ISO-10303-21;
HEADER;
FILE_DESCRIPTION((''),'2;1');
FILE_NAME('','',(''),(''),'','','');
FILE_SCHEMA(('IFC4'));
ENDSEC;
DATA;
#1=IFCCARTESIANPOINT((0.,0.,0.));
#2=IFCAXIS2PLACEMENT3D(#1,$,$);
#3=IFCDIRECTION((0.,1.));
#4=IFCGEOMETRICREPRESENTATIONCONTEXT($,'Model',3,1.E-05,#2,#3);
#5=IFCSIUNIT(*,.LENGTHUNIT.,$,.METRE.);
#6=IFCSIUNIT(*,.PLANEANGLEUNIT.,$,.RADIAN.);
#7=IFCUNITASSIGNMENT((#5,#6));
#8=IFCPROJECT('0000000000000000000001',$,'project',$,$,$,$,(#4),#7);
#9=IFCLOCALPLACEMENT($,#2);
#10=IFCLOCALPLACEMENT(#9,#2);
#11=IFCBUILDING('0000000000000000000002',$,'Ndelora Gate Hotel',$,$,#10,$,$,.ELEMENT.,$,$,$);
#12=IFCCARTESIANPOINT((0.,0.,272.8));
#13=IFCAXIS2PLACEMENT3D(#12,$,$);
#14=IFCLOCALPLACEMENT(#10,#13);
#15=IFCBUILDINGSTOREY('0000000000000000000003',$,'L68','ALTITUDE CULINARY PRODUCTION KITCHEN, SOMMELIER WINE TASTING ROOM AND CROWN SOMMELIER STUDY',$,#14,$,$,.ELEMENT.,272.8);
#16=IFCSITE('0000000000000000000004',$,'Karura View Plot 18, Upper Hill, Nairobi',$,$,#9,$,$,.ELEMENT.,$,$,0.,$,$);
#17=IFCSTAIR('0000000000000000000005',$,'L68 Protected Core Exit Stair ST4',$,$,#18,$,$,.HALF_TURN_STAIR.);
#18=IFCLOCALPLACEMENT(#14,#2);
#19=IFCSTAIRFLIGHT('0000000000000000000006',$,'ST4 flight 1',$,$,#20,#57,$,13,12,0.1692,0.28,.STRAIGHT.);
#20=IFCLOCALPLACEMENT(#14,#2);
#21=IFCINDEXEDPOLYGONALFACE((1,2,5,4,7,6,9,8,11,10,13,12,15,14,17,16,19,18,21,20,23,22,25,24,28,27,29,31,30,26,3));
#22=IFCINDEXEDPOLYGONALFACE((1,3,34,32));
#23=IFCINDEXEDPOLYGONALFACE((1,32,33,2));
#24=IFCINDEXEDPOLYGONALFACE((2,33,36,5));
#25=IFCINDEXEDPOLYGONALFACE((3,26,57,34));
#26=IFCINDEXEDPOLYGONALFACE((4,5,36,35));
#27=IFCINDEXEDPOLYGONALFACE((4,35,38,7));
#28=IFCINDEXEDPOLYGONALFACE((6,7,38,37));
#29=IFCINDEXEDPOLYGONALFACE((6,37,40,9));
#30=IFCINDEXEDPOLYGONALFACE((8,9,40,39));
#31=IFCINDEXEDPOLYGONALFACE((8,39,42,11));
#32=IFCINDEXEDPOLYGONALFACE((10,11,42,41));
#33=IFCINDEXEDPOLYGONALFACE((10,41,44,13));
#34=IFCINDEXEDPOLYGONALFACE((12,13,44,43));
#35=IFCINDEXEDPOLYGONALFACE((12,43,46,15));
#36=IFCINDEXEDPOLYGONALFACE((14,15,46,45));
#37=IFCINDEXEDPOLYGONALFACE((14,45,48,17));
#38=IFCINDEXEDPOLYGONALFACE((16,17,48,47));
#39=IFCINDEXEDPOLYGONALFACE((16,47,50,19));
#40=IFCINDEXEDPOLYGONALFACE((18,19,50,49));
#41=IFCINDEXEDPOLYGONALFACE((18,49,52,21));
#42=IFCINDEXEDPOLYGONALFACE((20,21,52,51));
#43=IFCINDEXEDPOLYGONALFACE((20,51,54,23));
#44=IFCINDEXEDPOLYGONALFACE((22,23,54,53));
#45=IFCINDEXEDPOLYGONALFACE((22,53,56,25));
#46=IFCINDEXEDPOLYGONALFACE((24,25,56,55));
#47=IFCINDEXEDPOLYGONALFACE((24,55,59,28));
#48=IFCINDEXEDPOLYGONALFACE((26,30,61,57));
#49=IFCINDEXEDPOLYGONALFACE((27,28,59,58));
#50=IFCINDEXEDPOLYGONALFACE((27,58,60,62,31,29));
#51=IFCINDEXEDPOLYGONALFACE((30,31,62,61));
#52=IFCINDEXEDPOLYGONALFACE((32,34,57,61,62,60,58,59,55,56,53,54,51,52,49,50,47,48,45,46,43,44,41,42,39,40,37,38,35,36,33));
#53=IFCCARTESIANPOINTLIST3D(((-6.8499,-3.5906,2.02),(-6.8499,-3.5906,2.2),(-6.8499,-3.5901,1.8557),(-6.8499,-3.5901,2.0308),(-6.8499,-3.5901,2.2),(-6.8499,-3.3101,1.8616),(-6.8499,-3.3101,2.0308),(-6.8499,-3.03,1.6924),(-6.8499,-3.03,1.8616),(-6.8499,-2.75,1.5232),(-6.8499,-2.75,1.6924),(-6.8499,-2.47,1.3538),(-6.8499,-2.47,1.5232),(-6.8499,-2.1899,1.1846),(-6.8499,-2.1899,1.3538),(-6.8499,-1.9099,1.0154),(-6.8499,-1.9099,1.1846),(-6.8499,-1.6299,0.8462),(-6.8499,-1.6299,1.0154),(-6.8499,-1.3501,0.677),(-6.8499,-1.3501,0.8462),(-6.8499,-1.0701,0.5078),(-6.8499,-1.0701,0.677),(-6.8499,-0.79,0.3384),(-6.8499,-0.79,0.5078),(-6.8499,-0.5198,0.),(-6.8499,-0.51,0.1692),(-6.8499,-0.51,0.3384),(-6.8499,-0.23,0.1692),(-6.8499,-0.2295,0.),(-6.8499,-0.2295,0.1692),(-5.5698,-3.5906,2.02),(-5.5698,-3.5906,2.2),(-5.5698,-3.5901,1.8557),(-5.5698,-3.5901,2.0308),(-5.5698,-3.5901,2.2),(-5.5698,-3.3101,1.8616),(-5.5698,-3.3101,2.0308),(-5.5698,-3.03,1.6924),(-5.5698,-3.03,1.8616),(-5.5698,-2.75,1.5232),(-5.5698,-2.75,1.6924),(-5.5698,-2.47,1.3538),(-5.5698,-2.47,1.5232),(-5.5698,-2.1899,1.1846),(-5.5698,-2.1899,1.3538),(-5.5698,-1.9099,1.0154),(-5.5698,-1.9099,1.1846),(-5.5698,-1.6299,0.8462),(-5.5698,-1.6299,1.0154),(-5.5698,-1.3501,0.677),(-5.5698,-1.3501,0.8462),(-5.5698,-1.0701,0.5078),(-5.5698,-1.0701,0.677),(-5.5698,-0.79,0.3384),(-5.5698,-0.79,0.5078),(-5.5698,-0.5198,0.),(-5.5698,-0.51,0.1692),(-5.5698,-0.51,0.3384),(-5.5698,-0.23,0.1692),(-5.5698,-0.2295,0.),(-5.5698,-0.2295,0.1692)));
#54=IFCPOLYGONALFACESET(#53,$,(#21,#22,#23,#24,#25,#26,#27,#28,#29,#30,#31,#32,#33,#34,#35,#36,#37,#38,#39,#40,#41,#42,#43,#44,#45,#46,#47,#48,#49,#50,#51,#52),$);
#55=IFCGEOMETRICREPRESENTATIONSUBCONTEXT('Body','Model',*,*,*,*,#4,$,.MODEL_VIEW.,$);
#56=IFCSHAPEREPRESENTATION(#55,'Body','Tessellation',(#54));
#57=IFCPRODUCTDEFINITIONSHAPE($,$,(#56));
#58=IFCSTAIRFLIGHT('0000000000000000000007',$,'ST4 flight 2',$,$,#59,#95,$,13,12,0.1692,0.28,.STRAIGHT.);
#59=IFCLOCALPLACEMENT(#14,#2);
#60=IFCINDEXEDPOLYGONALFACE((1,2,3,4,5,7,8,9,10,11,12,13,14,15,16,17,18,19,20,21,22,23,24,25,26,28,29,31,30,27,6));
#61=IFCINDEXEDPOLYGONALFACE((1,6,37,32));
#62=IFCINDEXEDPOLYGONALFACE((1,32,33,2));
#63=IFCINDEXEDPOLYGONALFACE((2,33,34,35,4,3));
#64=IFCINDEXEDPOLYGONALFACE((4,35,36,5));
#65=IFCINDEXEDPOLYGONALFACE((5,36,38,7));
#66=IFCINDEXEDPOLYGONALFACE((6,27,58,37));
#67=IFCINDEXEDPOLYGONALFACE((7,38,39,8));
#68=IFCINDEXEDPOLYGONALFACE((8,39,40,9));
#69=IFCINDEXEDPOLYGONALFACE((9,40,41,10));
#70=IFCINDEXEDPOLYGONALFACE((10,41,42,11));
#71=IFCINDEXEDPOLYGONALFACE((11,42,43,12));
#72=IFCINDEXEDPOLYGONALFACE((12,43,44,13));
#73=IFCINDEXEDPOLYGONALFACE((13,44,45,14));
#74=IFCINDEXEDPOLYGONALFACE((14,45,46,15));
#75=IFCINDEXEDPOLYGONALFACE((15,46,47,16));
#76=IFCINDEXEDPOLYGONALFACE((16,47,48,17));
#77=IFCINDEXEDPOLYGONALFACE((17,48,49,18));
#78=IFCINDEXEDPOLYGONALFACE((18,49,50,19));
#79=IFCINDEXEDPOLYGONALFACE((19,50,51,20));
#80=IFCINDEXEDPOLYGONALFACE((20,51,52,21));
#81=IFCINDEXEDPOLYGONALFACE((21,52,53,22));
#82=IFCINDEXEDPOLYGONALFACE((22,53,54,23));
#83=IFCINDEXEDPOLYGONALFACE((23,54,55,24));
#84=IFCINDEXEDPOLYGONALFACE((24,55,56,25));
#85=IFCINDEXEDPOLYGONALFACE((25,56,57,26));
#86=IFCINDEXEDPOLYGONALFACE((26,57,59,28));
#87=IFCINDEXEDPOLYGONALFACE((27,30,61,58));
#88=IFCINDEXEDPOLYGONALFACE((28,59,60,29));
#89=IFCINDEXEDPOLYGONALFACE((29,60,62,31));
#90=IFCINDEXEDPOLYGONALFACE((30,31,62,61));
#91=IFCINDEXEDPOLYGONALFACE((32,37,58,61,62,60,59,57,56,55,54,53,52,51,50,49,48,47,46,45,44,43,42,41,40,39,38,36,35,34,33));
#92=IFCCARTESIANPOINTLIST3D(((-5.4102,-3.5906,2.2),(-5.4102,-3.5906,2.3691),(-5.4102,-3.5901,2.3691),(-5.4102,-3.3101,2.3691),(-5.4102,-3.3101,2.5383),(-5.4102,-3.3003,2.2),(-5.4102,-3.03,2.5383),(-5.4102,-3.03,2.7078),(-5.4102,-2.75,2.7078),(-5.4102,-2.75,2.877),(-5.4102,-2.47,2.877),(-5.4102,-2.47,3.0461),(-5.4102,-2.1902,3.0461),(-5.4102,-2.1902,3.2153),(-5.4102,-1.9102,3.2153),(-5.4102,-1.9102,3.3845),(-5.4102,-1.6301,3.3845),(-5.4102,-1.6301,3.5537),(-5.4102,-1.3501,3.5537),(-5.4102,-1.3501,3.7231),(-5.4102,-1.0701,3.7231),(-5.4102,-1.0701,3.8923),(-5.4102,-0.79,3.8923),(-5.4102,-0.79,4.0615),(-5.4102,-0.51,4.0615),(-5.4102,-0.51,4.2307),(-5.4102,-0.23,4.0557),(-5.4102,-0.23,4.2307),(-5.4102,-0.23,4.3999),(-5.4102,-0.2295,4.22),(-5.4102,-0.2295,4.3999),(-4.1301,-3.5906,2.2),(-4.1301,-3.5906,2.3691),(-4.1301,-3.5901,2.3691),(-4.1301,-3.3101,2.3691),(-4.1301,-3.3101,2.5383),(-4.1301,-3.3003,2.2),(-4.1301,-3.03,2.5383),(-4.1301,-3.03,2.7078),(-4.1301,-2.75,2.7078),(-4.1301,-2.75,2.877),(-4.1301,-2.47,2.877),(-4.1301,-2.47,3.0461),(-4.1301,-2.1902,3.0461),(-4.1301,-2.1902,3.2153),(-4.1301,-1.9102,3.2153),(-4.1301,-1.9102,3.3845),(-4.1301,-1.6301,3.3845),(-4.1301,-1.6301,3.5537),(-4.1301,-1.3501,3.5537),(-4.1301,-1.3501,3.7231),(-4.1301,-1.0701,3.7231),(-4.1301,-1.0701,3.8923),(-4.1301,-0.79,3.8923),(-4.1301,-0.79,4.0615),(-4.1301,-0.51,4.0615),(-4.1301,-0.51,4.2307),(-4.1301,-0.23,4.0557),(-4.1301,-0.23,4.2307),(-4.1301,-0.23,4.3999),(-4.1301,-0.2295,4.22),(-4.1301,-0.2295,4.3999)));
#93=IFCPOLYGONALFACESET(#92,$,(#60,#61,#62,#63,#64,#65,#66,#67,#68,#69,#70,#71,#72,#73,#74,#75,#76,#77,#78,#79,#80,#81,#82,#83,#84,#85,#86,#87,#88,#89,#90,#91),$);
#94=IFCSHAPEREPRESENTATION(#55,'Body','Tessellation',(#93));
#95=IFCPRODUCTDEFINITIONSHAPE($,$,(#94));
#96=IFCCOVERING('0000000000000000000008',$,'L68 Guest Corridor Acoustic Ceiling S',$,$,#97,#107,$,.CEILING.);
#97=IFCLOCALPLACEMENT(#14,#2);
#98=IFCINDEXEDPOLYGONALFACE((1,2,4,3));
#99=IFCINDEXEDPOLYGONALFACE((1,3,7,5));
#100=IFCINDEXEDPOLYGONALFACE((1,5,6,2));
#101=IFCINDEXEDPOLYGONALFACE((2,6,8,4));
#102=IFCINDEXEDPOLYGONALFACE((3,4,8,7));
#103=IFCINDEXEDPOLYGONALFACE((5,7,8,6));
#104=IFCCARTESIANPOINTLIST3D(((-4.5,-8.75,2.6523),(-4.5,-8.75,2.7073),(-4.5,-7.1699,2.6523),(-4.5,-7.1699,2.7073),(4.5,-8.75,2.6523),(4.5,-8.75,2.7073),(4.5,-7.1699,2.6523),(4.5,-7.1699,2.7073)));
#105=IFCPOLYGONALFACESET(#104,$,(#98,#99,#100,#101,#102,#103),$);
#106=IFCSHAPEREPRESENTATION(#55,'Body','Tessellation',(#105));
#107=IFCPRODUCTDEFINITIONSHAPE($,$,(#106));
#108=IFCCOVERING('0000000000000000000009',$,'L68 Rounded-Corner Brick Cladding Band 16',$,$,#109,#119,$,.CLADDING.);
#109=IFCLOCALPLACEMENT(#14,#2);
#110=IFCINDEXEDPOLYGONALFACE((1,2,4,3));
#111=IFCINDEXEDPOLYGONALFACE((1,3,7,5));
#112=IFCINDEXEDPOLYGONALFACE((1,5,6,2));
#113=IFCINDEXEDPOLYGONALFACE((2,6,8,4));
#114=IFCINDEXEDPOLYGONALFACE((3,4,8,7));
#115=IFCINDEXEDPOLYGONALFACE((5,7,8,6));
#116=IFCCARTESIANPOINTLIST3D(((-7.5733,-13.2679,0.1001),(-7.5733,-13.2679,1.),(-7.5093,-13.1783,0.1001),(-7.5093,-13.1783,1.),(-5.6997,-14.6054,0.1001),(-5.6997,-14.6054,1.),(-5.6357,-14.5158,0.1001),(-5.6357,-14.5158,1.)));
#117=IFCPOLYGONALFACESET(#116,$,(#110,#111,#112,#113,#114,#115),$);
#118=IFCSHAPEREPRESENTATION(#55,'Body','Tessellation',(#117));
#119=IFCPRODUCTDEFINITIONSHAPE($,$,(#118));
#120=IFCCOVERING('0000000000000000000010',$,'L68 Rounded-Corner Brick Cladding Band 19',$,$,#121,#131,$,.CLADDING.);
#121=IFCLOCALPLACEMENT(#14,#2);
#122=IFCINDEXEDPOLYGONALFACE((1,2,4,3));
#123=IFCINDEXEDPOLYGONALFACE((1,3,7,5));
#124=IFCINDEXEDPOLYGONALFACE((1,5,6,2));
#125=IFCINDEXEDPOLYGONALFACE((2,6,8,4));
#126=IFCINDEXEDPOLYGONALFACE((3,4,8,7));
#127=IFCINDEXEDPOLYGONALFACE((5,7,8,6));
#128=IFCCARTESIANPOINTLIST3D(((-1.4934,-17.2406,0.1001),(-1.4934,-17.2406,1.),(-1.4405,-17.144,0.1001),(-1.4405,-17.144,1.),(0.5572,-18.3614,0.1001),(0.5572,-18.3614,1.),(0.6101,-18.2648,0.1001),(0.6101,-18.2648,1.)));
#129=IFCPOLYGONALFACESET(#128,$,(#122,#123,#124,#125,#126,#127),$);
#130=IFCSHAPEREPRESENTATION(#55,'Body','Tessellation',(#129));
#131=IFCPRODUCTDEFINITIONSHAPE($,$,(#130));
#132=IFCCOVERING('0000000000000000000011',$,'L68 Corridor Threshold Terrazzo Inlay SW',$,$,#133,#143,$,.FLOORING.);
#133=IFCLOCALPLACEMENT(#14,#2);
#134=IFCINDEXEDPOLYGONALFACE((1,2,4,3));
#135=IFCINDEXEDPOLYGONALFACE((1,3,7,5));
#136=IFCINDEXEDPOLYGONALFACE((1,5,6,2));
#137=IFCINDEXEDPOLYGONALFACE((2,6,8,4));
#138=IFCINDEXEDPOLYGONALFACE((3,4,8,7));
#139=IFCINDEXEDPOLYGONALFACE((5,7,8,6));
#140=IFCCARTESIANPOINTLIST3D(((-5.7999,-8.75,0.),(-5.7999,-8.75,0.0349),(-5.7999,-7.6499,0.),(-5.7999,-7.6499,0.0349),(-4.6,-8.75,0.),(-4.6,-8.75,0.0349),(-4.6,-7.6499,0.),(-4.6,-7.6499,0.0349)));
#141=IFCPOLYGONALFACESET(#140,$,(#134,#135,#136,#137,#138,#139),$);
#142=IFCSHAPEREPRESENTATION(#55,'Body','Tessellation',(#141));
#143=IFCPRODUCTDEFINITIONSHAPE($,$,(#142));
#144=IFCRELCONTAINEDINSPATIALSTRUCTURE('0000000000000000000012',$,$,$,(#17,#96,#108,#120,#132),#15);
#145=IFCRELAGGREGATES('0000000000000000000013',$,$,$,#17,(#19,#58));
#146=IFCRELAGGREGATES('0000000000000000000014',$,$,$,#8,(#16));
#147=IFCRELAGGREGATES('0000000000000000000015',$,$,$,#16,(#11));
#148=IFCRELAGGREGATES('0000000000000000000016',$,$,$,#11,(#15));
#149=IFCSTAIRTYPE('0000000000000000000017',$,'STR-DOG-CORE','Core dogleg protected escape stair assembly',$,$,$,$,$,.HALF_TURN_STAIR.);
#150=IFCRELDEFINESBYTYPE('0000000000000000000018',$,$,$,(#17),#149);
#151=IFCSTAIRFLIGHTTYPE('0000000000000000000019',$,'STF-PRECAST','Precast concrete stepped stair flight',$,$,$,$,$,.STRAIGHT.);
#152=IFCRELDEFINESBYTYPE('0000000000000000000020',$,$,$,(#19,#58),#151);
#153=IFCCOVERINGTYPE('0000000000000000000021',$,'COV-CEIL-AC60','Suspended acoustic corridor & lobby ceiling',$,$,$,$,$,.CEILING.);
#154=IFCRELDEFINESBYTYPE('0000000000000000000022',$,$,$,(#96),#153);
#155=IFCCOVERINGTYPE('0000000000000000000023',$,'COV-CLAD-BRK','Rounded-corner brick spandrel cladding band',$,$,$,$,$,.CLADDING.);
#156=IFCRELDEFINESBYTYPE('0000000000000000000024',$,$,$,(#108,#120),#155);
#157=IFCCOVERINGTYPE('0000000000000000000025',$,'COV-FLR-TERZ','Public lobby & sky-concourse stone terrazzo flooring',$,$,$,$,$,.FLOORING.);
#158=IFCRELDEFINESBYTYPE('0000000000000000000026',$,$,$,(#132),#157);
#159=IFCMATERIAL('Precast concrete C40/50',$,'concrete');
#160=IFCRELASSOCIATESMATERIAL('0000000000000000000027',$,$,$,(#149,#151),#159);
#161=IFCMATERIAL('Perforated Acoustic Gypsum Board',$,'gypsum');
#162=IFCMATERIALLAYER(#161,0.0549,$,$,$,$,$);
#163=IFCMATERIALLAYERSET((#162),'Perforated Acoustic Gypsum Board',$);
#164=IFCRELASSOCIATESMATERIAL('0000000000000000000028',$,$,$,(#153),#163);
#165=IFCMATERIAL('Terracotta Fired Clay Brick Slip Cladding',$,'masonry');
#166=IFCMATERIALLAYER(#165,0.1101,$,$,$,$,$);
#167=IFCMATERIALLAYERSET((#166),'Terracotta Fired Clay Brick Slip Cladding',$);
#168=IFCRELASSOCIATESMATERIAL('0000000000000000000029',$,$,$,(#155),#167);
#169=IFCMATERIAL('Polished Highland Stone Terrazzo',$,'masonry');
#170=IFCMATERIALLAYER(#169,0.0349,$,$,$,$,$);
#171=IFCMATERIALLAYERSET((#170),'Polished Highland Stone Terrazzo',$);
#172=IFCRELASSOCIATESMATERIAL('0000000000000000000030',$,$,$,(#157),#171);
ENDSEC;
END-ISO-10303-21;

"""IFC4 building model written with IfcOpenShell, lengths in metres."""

from ifc_helpers import new_model, si_unit, direction, frame, origin, origin_2d, place, context, subcontext, project, spatial, polyline, rectangle, outline, extrude, material, layer, layer_set, type_object, element, aggregate, save


model = new_model("IFC4")

# Units and contexts
model_context = context("Model", 3, precision=1e-05, world=origin(), true_north=direction((0.0, 1.0)))
body_context = subcontext(model_context, "Body", "Model", "MODEL_VIEW")
ifc_project = project(units=[si_unit("LENGTHUNIT", "METRE"), si_unit("PLANEANGLEUNIT", "RADIAN")], contexts=[model_context])

# Site, building, storey
site_placement = place(None, origin())
site = spatial("IfcSite", under=ifc_project, at=site_placement, Name="Karura View Plot 18, Upper Hill, Nairobi", CompositionType="ELEMENT", RefElevation=0.0)
building_placement = place(site_placement, origin())
building = spatial("IfcBuilding", under=site, at=building_placement, Name="Ndelora Gate Hotel", CompositionType="ELEMENT")
storey_placement = place(building_placement, frame((0.0, 0.0, 272.8)))
storey = spatial("IfcBuildingStorey", under=building, at=storey_placement, Name="L68", Description="ALTITUDE CULINARY PRODUCTION KITCHEN, SOMMELIER WINE TASTING ROOM AND CROWN SOMMELIER STUDY", CompositionType="ELEMENT", Elevation=272.8)

# Stair, stair flights
ifc_material_1 = material(Name="Precast concrete C40/50", Category="concrete")
stair_type = type_object("IfcStairType", Name="STR-DOG-CORE", Description="Core dogleg protected escape stair assembly", PredefinedType="HALF_TURN_STAIR", material=ifc_material_1)
stair_placement = place(storey_placement, origin())
stair = element("IfcStair", 1, at=stair_placement, inside=storey, type_object=stair_type, Name="L68 Protected Core Exit Stair ST4", PredefinedType="HALF_TURN_STAIR")
stair_flight_type = type_object("IfcStairFlightType", Name="STF-PRECAST", Description="Precast concrete stepped stair flight", PredefinedType="STRAIGHT", material=ifc_material_1)
stair_flight_1_placement = place(storey_placement, frame((-6.21, -0.23, 0.0), z_axis=(0.0, 0.0, 1.0), x_axis=(0.0, -1.0, 0.0)))
stair_flight_1 = element("IfcStairFlight", 2, at=stair_flight_1_placement, type_object=stair_flight_type, Name="ST4 flight 1", NumberOfRisers=13, NumberOfTreads=12, PredefinedType="STRAIGHT", RiserHeight=0.1692, TreadLength=0.28, context=body_context, shape_type="SweptSolid", body=[
    extrude(outline(polyline([(-0.0005, 0.0), (-0.0005, 0.1692), (0.0, 0.1692), (0.28, 0.1692), (0.28, 0.3384), (0.5601, 0.3384), (0.5601, 0.5078), (0.8401, 0.5078), (0.8401, 0.677), (1.1201, 0.677), (1.1201, 0.8462), (1.3999, 0.8462), (1.3999, 1.0154), (1.6799, 1.0154), (1.6799, 1.1846), (1.96, 1.1846), (1.96, 1.3538), (2.24, 1.3538), (2.24, 1.5232), (2.52, 1.5232), (2.52, 1.6924), (2.8, 1.6924), (2.8, 1.8616), (3.0801, 1.8616), (3.0801, 2.0308), (3.3601, 2.0308), (3.3601, 2.2), (3.3606, 2.2), (3.3606, 2.02), (3.3601, 1.8557), (0.2898, 0.0), (-0.0005, 0.0)])), frame((0.0, 0.6401, 0.0), z_axis=(0.0, -1.0, 0.0), x_axis=(1.0, 0.0, 0.0)), (0.0, 0.0, 1.0), 1.28),
])
stair_flight_2_placement = place(storey_placement, frame((-4.77, -3.5901, 2.2), z_axis=(0.0, 0.0, 1.0), x_axis=(0.0, 1.0, 0.0)))
stair_flight_2 = element("IfcStairFlight", 3, at=stair_flight_2_placement, type_object=stair_flight_type, Name="ST4 flight 2", NumberOfRisers=13, NumberOfTreads=12, PredefinedType="STRAIGHT", RiserHeight=0.1692, TreadLength=0.28, context=body_context, shape_type="SweptSolid", body=[
    extrude(outline(polyline([(-0.0005, 0.0), (-0.0005, 0.1692), (0.0, 0.1692), (0.28, 0.1692), (0.28, 0.3384), (0.5601, 0.3384), (0.5601, 0.5078), (0.8401, 0.5078), (0.8401, 0.677), (1.1201, 0.677), (1.1201, 0.8462), (1.3999, 0.8462), (1.3999, 1.0154), (1.6799, 1.0154), (1.6799, 1.1846), (1.96, 1.1846), (1.96, 1.3538), (2.24, 1.3538), (2.24, 1.5232), (2.52, 1.5232), (2.52, 1.6924), (2.8, 1.6924), (2.8, 1.8616), (3.0801, 1.8616), (3.0801, 2.0308), (3.3601, 2.0308), (3.3601, 2.2), (3.3606, 2.2), (3.3606, 2.02), (3.3601, 1.8557), (0.2898, 0.0), (-0.0005, 0.0)])), frame((0.0, 0.6401, 0.0), z_axis=(0.0, -1.0, 0.0), x_axis=(1.0, 0.0, 0.0)), (0.0, 0.0, 1.0), 1.28),
])
aggregate(stair, [stair_flight_1, stair_flight_2])

# Coverings
ifc_material_2 = material(Name="Perforated Acoustic Gypsum Board", Category="gypsum")
ifc_layer_1 = layer(ifc_material_2, 0.0549)
ifc_layer_set_1 = layer_set([ifc_layer_1], Name="Perforated Acoustic Gypsum Board")
covering_type_1 = type_object("IfcCoveringType", Name="COV-CEIL-AC60", Description="Suspended acoustic corridor & lobby ceiling", PredefinedType="CEILING", material=ifc_layer_set_1)
covering_1_placement = place(storey_placement, frame((0.0, -7.96, 2.6523), z_axis=(0.0, 0.0, 1.0), x_axis=(1.0, 0.0, 0.0)))
element("IfcCovering", 4, at=covering_1_placement, inside=storey, type_object=covering_type_1, Name="L68 Guest Corridor Acoustic Ceiling S", PredefinedType="CEILING", context=body_context, shape_type="SweptSolid", body=[
    extrude(rectangle(XDim=9.0, YDim=1.5801, at=origin_2d()), origin(), (0.0, 0.0, 1.0), 0.0549),
])
ifc_material_3 = material(Name="Terracotta Fired Clay Brick Slip Cladding", Category="masonry")
ifc_layer_2 = layer(ifc_material_3, 0.1101)
ifc_layer_set_2 = layer_set([ifc_layer_2], Name="Terracotta Fired Clay Brick Slip Cladding")
covering_type_2 = type_object("IfcCoveringType", Name="COV-CLAD-BRK", Description="Rounded-corner brick spandrel cladding band", PredefinedType="CLADDING", material=ifc_layer_set_2)
covering_2_placement = place(storey_placement, frame((-6.6045, -13.8918, 0.1001), z_axis=(0.0, 0.0, 1.0), x_axis=(-0.813913, 0.580987, 0.0)))
element("IfcCovering", 5, at=covering_2_placement, inside=storey, type_object=covering_type_2, Name="L68 Rounded-Corner Brick Cladding Band 16", PredefinedType="CLADDING", context=body_context, shape_type="SweptSolid", body=[
    extrude(rectangle(XDim=2.302, YDim=0.1101, at=origin_2d()), origin(), (0.0, 0.0, 1.0), 0.8999),
])
covering_3_placement = place(storey_placement, frame((-0.4417, -17.7527, 0.1001), z_axis=(0.0, 0.0, 1.0), x_axis=(-0.877481, 0.479611, 0.0)))
element("IfcCovering", 6, at=covering_3_placement, inside=storey, type_object=covering_type_2, Name="L68 Rounded-Corner Brick Cladding Band 19", PredefinedType="CLADDING", context=body_context, shape_type="SweptSolid", body=[
    extrude(rectangle(XDim=2.3369, YDim=0.1101, at=origin_2d()), origin(), (0.0, 0.0, 1.0), 0.8999),
])
ifc_material_4 = material(Name="Polished Highland Stone Terrazzo", Category="masonry")
ifc_layer_3 = layer(ifc_material_4, 0.0349)
ifc_layer_set_3 = layer_set([ifc_layer_3], Name="Polished Highland Stone Terrazzo")
covering_type_3 = type_object("IfcCoveringType", Name="COV-FLR-TERZ", Description="Public lobby & sky-concourse stone terrazzo flooring", PredefinedType="FLOORING", material=ifc_layer_set_3)
covering_4_placement = place(storey_placement, frame((-5.2, -8.2, 0.0), z_axis=(0.0, 0.0, 1.0), x_axis=(1.0, 0.0, 0.0)))
element("IfcCovering", 7, at=covering_4_placement, inside=storey, type_object=covering_type_3, Name="L68 Corridor Threshold Terrazzo Inlay SW", PredefinedType="FLOORING", context=body_context, shape_type="SweptSolid", body=[
    extrude(rectangle(XDim=1.2, YDim=1.1001, at=origin_2d()), origin(), (0.0, 0.0, 1.0), 0.0349),
])

save(model, "model.ifc")
